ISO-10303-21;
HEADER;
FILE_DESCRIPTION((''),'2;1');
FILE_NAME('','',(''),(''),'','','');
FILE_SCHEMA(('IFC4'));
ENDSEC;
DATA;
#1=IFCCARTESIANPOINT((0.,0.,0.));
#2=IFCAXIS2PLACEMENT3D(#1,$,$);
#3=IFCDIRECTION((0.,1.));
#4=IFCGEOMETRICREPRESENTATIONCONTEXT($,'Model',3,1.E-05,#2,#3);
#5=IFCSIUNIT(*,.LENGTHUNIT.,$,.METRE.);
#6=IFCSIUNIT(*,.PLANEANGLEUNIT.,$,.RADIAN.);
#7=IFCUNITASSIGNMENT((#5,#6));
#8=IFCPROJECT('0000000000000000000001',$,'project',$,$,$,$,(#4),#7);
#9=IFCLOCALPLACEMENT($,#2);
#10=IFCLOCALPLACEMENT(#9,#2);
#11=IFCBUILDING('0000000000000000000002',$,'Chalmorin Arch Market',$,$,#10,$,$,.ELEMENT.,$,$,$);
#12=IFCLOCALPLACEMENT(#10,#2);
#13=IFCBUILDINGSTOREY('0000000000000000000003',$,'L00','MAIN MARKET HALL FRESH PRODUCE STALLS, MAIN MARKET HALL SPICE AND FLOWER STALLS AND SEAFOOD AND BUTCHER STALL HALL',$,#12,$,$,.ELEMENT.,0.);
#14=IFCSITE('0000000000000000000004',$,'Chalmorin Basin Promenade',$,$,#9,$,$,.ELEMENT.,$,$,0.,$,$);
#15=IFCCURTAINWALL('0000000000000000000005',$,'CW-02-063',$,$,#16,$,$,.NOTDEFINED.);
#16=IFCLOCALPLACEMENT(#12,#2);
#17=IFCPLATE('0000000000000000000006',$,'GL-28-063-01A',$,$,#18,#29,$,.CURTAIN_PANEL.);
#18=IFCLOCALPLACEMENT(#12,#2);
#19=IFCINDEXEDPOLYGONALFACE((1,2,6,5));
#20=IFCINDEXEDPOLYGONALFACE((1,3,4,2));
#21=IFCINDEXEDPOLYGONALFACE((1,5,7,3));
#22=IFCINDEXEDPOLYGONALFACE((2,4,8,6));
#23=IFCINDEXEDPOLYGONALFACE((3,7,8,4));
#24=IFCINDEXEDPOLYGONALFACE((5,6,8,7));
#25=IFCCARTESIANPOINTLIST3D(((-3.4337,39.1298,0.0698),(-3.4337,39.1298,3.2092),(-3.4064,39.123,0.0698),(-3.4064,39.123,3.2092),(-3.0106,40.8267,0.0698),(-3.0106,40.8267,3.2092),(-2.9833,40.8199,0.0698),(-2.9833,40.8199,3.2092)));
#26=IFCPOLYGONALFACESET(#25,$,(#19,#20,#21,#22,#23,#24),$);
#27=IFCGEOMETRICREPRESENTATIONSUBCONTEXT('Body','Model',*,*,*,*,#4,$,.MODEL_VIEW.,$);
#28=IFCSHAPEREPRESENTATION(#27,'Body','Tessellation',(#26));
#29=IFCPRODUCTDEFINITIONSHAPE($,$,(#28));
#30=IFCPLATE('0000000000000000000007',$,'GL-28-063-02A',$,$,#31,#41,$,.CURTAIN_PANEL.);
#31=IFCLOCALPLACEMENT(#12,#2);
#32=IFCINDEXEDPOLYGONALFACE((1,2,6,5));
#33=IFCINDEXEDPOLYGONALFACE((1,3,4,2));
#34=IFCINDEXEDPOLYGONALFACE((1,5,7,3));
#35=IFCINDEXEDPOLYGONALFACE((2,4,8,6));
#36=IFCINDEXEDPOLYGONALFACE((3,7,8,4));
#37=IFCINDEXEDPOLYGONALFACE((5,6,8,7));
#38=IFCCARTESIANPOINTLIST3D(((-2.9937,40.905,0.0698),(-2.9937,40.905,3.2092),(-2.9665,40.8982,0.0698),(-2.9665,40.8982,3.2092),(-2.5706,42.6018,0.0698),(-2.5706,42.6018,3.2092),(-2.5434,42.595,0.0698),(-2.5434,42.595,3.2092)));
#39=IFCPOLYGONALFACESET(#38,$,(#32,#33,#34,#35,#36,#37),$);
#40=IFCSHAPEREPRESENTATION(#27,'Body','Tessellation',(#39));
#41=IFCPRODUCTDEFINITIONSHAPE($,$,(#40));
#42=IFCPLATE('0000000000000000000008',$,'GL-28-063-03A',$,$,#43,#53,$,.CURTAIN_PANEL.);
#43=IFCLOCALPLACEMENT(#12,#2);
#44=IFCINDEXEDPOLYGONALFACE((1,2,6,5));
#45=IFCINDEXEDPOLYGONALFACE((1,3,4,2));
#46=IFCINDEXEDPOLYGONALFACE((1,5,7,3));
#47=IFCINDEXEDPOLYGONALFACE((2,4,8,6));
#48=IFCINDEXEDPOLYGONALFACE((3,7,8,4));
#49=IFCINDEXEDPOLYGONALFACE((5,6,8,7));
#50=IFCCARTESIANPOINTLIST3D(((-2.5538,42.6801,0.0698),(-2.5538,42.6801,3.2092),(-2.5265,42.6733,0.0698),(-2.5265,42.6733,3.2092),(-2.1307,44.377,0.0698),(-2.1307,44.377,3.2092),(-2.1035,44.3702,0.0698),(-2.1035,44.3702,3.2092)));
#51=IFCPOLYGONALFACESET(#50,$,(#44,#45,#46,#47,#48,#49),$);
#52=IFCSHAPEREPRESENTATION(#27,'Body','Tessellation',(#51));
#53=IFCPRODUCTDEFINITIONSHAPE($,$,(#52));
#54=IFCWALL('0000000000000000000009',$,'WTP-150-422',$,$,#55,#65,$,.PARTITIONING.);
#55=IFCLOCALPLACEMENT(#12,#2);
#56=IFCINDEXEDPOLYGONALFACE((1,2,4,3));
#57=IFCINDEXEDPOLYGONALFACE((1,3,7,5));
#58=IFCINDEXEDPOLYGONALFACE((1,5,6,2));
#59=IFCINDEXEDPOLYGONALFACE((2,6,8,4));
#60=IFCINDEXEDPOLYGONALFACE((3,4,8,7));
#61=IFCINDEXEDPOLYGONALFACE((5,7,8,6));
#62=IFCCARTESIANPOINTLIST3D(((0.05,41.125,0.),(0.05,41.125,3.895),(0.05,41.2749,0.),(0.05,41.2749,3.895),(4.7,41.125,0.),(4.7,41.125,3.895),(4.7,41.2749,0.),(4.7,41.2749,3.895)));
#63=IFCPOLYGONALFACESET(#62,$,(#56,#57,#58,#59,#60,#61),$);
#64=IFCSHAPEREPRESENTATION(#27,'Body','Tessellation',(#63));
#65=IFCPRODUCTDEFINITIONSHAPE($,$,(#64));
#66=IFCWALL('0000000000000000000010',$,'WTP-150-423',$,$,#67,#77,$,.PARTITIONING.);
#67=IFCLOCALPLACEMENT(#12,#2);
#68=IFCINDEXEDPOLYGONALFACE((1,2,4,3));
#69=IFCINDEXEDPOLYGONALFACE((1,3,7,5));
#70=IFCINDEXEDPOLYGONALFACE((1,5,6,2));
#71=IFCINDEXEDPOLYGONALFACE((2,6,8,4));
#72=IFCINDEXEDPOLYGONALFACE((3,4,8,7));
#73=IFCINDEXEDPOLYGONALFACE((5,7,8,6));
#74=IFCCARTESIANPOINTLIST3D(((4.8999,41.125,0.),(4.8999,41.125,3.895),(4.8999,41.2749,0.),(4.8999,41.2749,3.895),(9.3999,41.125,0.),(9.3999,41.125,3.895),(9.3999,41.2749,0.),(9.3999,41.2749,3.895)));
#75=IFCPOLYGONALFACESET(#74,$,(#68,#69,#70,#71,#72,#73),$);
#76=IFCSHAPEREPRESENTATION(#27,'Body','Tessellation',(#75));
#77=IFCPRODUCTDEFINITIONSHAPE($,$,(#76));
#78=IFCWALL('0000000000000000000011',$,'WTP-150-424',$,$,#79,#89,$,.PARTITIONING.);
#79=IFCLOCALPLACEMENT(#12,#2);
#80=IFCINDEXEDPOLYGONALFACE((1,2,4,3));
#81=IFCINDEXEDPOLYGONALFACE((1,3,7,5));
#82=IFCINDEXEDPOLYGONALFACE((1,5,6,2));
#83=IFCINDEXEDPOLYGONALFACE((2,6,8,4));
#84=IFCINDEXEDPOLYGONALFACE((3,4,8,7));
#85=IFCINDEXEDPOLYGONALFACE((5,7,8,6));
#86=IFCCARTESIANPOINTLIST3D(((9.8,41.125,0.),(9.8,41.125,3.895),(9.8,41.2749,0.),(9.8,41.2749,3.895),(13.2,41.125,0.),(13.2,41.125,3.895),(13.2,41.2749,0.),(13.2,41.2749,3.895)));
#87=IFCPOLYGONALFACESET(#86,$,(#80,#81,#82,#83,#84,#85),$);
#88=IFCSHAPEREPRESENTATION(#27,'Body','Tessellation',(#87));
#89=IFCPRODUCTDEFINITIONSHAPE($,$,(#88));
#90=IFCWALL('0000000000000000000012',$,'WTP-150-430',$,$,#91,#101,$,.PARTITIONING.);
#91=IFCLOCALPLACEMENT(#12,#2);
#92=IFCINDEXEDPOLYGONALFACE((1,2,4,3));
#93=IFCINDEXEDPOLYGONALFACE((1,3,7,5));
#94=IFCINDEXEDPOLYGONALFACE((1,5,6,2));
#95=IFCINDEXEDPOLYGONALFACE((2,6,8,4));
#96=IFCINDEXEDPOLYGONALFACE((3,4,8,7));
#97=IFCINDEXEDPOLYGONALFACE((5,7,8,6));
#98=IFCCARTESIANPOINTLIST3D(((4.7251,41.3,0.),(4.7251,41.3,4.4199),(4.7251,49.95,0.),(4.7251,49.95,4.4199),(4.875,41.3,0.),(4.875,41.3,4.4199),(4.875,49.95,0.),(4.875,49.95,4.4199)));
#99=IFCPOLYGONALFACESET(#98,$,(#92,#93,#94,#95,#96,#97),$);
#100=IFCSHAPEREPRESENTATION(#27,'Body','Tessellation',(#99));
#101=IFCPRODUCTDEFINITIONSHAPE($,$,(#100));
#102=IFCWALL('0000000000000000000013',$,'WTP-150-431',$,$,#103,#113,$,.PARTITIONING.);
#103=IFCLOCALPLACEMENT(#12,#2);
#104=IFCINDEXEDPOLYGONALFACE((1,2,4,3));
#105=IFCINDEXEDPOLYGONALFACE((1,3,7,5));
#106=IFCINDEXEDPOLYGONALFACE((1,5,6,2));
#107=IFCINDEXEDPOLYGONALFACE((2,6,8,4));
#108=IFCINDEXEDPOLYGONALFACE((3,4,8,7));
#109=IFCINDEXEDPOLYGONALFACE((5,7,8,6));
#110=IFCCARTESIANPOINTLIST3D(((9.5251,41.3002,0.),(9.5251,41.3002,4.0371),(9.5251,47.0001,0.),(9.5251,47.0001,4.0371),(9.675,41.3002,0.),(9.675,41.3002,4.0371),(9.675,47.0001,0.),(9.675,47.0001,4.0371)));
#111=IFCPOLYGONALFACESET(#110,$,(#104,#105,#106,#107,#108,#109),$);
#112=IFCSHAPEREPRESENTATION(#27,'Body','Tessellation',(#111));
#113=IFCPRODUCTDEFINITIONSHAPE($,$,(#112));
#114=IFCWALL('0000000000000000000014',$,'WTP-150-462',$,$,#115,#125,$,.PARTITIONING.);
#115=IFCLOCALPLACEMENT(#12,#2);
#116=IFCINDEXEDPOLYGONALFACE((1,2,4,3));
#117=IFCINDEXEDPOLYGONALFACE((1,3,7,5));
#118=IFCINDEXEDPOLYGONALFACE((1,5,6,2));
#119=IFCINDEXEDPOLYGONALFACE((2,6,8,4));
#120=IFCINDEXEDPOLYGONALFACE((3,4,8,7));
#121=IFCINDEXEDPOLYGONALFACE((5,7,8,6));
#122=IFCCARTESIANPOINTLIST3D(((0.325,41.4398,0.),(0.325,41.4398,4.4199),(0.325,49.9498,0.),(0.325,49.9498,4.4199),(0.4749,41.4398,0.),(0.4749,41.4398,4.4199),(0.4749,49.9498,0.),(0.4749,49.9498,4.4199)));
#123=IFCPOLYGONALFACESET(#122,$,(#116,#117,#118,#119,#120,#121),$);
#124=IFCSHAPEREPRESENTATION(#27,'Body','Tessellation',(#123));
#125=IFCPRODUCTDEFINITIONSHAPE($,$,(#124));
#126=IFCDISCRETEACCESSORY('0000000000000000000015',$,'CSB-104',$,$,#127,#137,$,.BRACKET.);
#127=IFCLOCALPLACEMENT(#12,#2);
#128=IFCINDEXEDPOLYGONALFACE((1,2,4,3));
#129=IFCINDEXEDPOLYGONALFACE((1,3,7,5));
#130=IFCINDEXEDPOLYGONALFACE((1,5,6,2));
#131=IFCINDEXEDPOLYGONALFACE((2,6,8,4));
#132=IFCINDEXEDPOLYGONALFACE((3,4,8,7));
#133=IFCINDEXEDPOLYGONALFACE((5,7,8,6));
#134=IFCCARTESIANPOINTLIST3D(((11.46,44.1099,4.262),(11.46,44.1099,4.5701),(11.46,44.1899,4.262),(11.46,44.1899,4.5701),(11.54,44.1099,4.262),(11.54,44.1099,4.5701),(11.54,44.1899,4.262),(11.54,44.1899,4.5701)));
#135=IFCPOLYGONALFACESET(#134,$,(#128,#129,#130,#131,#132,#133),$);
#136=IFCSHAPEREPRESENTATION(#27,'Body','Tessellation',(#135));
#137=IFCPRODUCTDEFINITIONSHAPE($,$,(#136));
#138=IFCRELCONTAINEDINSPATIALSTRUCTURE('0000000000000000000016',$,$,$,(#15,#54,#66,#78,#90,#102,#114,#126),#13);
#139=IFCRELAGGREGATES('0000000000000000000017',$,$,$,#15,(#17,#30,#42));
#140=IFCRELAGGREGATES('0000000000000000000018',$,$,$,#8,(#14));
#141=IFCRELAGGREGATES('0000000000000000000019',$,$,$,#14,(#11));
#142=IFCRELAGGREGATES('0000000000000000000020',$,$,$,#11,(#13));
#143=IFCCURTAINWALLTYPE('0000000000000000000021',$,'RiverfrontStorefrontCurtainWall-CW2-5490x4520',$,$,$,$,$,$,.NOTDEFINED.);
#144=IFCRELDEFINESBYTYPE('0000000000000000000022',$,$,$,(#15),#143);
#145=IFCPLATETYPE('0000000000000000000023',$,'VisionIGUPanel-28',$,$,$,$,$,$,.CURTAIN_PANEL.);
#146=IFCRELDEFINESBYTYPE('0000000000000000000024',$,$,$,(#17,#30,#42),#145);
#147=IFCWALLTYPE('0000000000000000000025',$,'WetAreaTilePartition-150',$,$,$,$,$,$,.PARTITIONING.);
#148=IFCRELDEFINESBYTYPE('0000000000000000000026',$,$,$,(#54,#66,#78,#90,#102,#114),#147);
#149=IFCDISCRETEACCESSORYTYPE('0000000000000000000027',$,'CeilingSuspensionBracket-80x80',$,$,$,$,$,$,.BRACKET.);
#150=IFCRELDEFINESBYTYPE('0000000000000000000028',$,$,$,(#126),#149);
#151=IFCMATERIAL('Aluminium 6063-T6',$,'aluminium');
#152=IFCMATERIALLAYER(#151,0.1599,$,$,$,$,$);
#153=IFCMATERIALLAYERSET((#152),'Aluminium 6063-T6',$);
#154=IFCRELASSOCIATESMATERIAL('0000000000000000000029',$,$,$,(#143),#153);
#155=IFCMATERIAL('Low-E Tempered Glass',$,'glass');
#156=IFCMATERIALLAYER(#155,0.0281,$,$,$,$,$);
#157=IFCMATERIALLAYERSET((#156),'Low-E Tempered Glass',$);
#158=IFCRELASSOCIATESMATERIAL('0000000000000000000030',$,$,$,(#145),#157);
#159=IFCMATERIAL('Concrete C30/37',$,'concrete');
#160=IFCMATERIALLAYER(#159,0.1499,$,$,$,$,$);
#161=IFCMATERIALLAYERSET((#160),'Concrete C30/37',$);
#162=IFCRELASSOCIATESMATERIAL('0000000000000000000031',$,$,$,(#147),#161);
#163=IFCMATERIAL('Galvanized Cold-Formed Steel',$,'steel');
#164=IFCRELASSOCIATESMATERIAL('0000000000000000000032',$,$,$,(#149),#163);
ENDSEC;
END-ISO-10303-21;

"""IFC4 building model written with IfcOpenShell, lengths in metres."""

from ifc_helpers import new_model, si_unit, direction, frame, frame_2d, origin, origin_2d, place, context, subcontext, project, spatial, rectangle, extrude, material, layer, layer_set, type_object, element, aggregate, save


model = new_model("IFC4")

# Units and contexts
model_context = context("Model", 3, precision=1e-05, world=origin(), true_north=direction((0.0, 1.0)))
body_context = subcontext(model_context, "Body", "Model", "MODEL_VIEW")
ifc_project = project(units=[si_unit("LENGTHUNIT", "METRE"), si_unit("PLANEANGLEUNIT", "RADIAN")], contexts=[model_context])

# Site, building, storey
site_placement = place(None, origin())
site = spatial("IfcSite", under=ifc_project, at=site_placement, Name="Chalmorin Basin Promenade", CompositionType="ELEMENT", RefElevation=0.0)
building_placement = place(site_placement, origin())
building = spatial("IfcBuilding", under=site, at=building_placement, Name="Chalmorin Arch Market", CompositionType="ELEMENT")
storey_placement = place(building_placement, origin())
storey = spatial("IfcBuildingStorey", under=building, at=storey_placement, Name="L00", Description="MAIN MARKET HALL FRESH PRODUCE STALLS, MAIN MARKET HALL SPICE AND FLOWER STALLS AND SEAFOOD AND BUTCHER STALL HALL", CompositionType="ELEMENT", Elevation=0.0)

# Curtain wall
ifc_material_1 = material(Name="Aluminium 6063-T6", Category="aluminium")
ifc_layer_1 = layer(ifc_material_1, 0.1599)
ifc_layer_set_1 = layer_set([ifc_layer_1], Name="Aluminium 6063-T6")
curtain_wall_type_1 = type_object("IfcCurtainWallType", Name="RiverfrontStorefrontCurtainWall-CW2-5490x4520", PredefinedType="NOTDEFINED", material=ifc_layer_set_1)
curtain_wall_1_placement = place(storey_placement, origin())
curtain_wall_1 = element("IfcCurtainWall", 1, at=curtain_wall_1_placement, inside=storey, type_object=curtain_wall_type_1, Name="CW-02-063", PredefinedType="NOTDEFINED")

# Plates
ifc_material_2 = material(Name="Low-E Tempered Glass", Category="glass")
ifc_layer_2 = layer(ifc_material_2, 0.0281)
ifc_layer_set_2 = layer_set([ifc_layer_2], Name="Low-E Tempered Glass")
plate_type_1 = type_object("IfcPlateType", Name="VisionIGUPanel-28", PredefinedType="CURTAIN_PANEL", material=ifc_layer_set_2)
plate_1_placement = place(storey_placement, frame((-3.2085, 39.9749, 0.0698), z_axis=(0.0, 0.0, 1.0), x_axis=(0.241922, 0.970296, 0.0)))
plate_1 = element("IfcPlate", 2, at=plate_1_placement, type_object=plate_type_1, Name="GL-28-063-01A", PredefinedType="CURTAIN_PANEL", context=body_context, shape_type="SweptSolid", body=[
    extrude(rectangle(XDim=1.7488, YDim=0.0281, at=origin_2d()), origin(), (0.0, 0.0, 1.0), 3.1394),
])
plate_2_placement = place(storey_placement, frame((-2.7686, 41.75, 0.0698), z_axis=(0.0, 0.0, 1.0), x_axis=(0.241922, 0.970296, 0.0)))
plate_2 = element("IfcPlate", 3, at=plate_2_placement, type_object=plate_type_1, Name="GL-28-063-02A", PredefinedType="CURTAIN_PANEL", context=body_context, shape_type="SweptSolid", body=[
    extrude(rectangle(XDim=1.7488, YDim=0.0281, at=origin_2d()), origin(), (0.0, 0.0, 1.0), 3.1394),
])
plate_3_placement = place(storey_placement, frame((-2.3286, 43.5251, 0.0698), z_axis=(0.0, 0.0, 1.0), x_axis=(0.241922, 0.970296, 0.0)))
plate_3 = element("IfcPlate", 4, at=plate_3_placement, type_object=plate_type_1, Name="GL-28-063-03A", PredefinedType="CURTAIN_PANEL", context=body_context, shape_type="SweptSolid", body=[
    extrude(rectangle(XDim=1.7488, YDim=0.0281, at=origin_2d()), origin(), (0.0, 0.0, 1.0), 3.1394),
])
aggregate(curtain_wall_1, [plate_1, plate_2, plate_3])

# Walls
ifc_material_3 = material(Name="Concrete C30/37", Category="concrete")
ifc_layer_3 = layer(ifc_material_3, 0.1499)
ifc_layer_set_3 = layer_set([ifc_layer_3], Name="Concrete C30/37")
wall_type = type_object("IfcWallType", Name="WetAreaTilePartition-150", PredefinedType="PARTITIONING", material=ifc_layer_set_3)
wall_1_placement = place(storey_placement, frame((0.05, 41.2, 0.0), z_axis=(0.0, 0.0, 1.0), x_axis=(1.0, 0.0, 0.0)))
element("IfcWall", 5, at=wall_1_placement, inside=storey, type_object=wall_type, Name="WTP-150-422", PredefinedType="PARTITIONING", context=body_context, shape_type="SweptSolid", body=[
    extrude(rectangle(XDim=4.6499, YDim=0.1499, at=frame_2d((2.325, 0.0))), origin(), (0.0, 0.0, 1.0), 3.895),
])
wall_2_placement = place(storey_placement, frame((4.8999, 41.2, 0.0), z_axis=(0.0, 0.0, 1.0), x_axis=(1.0, 0.0, 0.0)))
element("IfcWall", 6, at=wall_2_placement, inside=storey, type_object=wall_type, Name="WTP-150-423", PredefinedType="PARTITIONING", context=body_context, shape_type="SweptSolid", body=[
    extrude(rectangle(XDim=4.5, YDim=0.1499, at=frame_2d((2.25, 0.0))), origin(), (0.0, 0.0, 1.0), 3.895),
])
wall_3_placement = place(storey_placement, frame((9.8, 41.2, 0.0), z_axis=(0.0, 0.0, 1.0), x_axis=(1.0, 0.0, 0.0)))
element("IfcWall", 7, at=wall_3_placement, inside=storey, type_object=wall_type, Name="WTP-150-424", PredefinedType="PARTITIONING", context=body_context, shape_type="SweptSolid", body=[
    extrude(rectangle(XDim=3.3999, YDim=0.1499, at=frame_2d((1.7, 0.0))), origin(), (0.0, 0.0, 1.0), 3.895),
])
wall_4_placement = place(storey_placement, frame((4.8, 41.3, 0.0), z_axis=(0.0, 0.0, 1.0), x_axis=(0.0, 1.0, 0.0)))
element("IfcWall", 8, at=wall_4_placement, inside=storey, type_object=wall_type, Name="WTP-150-430", PredefinedType="PARTITIONING", context=body_context, shape_type="SweptSolid", body=[
    extrude(rectangle(XDim=8.6499, YDim=0.1499, at=frame_2d((4.325, 0.0))), origin(), (0.0, 0.0, 1.0), 4.4199),
])
wall_5_placement = place(storey_placement, frame((9.6001, 41.3, 0.0), z_axis=(0.0, 0.0, 1.0), x_axis=(0.0, 1.0, 0.0)))
element("IfcWall", 9, at=wall_5_placement, inside=storey, type_object=wall_type, Name="WTP-150-431", PredefinedType="PARTITIONING", context=body_context, shape_type="SweptSolid", body=[
    extrude(rectangle(XDim=5.7, YDim=0.1499, at=frame_2d((2.8501, 0.0))), origin(), (0.0, 0.0, 1.0), 4.0371),
])
wall_6_placement = place(storey_placement, frame((0.3999, 41.4399, 0.0), z_axis=(0.0, 0.0, 1.0), x_axis=(0.0, 1.0, 0.0)))
element("IfcWall", 10, at=wall_6_placement, inside=storey, type_object=wall_type, Name="WTP-150-462", PredefinedType="PARTITIONING", context=body_context, shape_type="SweptSolid", body=[
    extrude(rectangle(XDim=8.51, YDim=0.1499, at=frame_2d((4.2549, 0.0))), origin(), (0.0, 0.0, 1.0), 4.4199),
])

# Discrete accessory
ifc_material_4 = material(Name="Galvanized Cold-Formed Steel", Category="steel")
discrete_accessory_type = type_object("IfcDiscreteAccessoryType", Name="CeilingSuspensionBracket-80x80", PredefinedType="BRACKET", material=ifc_material_4)
discrete_accessory_placement = place(storey_placement, frame((11.5, 44.1499, 4.262), z_axis=(0.0, 0.0, 1.0), x_axis=(1.0, 0.0, 0.0)))
element("IfcDiscreteAccessory", 11, at=discrete_accessory_placement, inside=storey, type_object=discrete_accessory_type, Name="CSB-104", PredefinedType="BRACKET", context=body_context, shape_type="SweptSolid", body=[
    extrude(rectangle(XDim=0.0801, YDim=0.0801, at=origin_2d()), origin(), (0.0, 0.0, 1.0), 0.3081),
])

save(model, "model.ifc")
